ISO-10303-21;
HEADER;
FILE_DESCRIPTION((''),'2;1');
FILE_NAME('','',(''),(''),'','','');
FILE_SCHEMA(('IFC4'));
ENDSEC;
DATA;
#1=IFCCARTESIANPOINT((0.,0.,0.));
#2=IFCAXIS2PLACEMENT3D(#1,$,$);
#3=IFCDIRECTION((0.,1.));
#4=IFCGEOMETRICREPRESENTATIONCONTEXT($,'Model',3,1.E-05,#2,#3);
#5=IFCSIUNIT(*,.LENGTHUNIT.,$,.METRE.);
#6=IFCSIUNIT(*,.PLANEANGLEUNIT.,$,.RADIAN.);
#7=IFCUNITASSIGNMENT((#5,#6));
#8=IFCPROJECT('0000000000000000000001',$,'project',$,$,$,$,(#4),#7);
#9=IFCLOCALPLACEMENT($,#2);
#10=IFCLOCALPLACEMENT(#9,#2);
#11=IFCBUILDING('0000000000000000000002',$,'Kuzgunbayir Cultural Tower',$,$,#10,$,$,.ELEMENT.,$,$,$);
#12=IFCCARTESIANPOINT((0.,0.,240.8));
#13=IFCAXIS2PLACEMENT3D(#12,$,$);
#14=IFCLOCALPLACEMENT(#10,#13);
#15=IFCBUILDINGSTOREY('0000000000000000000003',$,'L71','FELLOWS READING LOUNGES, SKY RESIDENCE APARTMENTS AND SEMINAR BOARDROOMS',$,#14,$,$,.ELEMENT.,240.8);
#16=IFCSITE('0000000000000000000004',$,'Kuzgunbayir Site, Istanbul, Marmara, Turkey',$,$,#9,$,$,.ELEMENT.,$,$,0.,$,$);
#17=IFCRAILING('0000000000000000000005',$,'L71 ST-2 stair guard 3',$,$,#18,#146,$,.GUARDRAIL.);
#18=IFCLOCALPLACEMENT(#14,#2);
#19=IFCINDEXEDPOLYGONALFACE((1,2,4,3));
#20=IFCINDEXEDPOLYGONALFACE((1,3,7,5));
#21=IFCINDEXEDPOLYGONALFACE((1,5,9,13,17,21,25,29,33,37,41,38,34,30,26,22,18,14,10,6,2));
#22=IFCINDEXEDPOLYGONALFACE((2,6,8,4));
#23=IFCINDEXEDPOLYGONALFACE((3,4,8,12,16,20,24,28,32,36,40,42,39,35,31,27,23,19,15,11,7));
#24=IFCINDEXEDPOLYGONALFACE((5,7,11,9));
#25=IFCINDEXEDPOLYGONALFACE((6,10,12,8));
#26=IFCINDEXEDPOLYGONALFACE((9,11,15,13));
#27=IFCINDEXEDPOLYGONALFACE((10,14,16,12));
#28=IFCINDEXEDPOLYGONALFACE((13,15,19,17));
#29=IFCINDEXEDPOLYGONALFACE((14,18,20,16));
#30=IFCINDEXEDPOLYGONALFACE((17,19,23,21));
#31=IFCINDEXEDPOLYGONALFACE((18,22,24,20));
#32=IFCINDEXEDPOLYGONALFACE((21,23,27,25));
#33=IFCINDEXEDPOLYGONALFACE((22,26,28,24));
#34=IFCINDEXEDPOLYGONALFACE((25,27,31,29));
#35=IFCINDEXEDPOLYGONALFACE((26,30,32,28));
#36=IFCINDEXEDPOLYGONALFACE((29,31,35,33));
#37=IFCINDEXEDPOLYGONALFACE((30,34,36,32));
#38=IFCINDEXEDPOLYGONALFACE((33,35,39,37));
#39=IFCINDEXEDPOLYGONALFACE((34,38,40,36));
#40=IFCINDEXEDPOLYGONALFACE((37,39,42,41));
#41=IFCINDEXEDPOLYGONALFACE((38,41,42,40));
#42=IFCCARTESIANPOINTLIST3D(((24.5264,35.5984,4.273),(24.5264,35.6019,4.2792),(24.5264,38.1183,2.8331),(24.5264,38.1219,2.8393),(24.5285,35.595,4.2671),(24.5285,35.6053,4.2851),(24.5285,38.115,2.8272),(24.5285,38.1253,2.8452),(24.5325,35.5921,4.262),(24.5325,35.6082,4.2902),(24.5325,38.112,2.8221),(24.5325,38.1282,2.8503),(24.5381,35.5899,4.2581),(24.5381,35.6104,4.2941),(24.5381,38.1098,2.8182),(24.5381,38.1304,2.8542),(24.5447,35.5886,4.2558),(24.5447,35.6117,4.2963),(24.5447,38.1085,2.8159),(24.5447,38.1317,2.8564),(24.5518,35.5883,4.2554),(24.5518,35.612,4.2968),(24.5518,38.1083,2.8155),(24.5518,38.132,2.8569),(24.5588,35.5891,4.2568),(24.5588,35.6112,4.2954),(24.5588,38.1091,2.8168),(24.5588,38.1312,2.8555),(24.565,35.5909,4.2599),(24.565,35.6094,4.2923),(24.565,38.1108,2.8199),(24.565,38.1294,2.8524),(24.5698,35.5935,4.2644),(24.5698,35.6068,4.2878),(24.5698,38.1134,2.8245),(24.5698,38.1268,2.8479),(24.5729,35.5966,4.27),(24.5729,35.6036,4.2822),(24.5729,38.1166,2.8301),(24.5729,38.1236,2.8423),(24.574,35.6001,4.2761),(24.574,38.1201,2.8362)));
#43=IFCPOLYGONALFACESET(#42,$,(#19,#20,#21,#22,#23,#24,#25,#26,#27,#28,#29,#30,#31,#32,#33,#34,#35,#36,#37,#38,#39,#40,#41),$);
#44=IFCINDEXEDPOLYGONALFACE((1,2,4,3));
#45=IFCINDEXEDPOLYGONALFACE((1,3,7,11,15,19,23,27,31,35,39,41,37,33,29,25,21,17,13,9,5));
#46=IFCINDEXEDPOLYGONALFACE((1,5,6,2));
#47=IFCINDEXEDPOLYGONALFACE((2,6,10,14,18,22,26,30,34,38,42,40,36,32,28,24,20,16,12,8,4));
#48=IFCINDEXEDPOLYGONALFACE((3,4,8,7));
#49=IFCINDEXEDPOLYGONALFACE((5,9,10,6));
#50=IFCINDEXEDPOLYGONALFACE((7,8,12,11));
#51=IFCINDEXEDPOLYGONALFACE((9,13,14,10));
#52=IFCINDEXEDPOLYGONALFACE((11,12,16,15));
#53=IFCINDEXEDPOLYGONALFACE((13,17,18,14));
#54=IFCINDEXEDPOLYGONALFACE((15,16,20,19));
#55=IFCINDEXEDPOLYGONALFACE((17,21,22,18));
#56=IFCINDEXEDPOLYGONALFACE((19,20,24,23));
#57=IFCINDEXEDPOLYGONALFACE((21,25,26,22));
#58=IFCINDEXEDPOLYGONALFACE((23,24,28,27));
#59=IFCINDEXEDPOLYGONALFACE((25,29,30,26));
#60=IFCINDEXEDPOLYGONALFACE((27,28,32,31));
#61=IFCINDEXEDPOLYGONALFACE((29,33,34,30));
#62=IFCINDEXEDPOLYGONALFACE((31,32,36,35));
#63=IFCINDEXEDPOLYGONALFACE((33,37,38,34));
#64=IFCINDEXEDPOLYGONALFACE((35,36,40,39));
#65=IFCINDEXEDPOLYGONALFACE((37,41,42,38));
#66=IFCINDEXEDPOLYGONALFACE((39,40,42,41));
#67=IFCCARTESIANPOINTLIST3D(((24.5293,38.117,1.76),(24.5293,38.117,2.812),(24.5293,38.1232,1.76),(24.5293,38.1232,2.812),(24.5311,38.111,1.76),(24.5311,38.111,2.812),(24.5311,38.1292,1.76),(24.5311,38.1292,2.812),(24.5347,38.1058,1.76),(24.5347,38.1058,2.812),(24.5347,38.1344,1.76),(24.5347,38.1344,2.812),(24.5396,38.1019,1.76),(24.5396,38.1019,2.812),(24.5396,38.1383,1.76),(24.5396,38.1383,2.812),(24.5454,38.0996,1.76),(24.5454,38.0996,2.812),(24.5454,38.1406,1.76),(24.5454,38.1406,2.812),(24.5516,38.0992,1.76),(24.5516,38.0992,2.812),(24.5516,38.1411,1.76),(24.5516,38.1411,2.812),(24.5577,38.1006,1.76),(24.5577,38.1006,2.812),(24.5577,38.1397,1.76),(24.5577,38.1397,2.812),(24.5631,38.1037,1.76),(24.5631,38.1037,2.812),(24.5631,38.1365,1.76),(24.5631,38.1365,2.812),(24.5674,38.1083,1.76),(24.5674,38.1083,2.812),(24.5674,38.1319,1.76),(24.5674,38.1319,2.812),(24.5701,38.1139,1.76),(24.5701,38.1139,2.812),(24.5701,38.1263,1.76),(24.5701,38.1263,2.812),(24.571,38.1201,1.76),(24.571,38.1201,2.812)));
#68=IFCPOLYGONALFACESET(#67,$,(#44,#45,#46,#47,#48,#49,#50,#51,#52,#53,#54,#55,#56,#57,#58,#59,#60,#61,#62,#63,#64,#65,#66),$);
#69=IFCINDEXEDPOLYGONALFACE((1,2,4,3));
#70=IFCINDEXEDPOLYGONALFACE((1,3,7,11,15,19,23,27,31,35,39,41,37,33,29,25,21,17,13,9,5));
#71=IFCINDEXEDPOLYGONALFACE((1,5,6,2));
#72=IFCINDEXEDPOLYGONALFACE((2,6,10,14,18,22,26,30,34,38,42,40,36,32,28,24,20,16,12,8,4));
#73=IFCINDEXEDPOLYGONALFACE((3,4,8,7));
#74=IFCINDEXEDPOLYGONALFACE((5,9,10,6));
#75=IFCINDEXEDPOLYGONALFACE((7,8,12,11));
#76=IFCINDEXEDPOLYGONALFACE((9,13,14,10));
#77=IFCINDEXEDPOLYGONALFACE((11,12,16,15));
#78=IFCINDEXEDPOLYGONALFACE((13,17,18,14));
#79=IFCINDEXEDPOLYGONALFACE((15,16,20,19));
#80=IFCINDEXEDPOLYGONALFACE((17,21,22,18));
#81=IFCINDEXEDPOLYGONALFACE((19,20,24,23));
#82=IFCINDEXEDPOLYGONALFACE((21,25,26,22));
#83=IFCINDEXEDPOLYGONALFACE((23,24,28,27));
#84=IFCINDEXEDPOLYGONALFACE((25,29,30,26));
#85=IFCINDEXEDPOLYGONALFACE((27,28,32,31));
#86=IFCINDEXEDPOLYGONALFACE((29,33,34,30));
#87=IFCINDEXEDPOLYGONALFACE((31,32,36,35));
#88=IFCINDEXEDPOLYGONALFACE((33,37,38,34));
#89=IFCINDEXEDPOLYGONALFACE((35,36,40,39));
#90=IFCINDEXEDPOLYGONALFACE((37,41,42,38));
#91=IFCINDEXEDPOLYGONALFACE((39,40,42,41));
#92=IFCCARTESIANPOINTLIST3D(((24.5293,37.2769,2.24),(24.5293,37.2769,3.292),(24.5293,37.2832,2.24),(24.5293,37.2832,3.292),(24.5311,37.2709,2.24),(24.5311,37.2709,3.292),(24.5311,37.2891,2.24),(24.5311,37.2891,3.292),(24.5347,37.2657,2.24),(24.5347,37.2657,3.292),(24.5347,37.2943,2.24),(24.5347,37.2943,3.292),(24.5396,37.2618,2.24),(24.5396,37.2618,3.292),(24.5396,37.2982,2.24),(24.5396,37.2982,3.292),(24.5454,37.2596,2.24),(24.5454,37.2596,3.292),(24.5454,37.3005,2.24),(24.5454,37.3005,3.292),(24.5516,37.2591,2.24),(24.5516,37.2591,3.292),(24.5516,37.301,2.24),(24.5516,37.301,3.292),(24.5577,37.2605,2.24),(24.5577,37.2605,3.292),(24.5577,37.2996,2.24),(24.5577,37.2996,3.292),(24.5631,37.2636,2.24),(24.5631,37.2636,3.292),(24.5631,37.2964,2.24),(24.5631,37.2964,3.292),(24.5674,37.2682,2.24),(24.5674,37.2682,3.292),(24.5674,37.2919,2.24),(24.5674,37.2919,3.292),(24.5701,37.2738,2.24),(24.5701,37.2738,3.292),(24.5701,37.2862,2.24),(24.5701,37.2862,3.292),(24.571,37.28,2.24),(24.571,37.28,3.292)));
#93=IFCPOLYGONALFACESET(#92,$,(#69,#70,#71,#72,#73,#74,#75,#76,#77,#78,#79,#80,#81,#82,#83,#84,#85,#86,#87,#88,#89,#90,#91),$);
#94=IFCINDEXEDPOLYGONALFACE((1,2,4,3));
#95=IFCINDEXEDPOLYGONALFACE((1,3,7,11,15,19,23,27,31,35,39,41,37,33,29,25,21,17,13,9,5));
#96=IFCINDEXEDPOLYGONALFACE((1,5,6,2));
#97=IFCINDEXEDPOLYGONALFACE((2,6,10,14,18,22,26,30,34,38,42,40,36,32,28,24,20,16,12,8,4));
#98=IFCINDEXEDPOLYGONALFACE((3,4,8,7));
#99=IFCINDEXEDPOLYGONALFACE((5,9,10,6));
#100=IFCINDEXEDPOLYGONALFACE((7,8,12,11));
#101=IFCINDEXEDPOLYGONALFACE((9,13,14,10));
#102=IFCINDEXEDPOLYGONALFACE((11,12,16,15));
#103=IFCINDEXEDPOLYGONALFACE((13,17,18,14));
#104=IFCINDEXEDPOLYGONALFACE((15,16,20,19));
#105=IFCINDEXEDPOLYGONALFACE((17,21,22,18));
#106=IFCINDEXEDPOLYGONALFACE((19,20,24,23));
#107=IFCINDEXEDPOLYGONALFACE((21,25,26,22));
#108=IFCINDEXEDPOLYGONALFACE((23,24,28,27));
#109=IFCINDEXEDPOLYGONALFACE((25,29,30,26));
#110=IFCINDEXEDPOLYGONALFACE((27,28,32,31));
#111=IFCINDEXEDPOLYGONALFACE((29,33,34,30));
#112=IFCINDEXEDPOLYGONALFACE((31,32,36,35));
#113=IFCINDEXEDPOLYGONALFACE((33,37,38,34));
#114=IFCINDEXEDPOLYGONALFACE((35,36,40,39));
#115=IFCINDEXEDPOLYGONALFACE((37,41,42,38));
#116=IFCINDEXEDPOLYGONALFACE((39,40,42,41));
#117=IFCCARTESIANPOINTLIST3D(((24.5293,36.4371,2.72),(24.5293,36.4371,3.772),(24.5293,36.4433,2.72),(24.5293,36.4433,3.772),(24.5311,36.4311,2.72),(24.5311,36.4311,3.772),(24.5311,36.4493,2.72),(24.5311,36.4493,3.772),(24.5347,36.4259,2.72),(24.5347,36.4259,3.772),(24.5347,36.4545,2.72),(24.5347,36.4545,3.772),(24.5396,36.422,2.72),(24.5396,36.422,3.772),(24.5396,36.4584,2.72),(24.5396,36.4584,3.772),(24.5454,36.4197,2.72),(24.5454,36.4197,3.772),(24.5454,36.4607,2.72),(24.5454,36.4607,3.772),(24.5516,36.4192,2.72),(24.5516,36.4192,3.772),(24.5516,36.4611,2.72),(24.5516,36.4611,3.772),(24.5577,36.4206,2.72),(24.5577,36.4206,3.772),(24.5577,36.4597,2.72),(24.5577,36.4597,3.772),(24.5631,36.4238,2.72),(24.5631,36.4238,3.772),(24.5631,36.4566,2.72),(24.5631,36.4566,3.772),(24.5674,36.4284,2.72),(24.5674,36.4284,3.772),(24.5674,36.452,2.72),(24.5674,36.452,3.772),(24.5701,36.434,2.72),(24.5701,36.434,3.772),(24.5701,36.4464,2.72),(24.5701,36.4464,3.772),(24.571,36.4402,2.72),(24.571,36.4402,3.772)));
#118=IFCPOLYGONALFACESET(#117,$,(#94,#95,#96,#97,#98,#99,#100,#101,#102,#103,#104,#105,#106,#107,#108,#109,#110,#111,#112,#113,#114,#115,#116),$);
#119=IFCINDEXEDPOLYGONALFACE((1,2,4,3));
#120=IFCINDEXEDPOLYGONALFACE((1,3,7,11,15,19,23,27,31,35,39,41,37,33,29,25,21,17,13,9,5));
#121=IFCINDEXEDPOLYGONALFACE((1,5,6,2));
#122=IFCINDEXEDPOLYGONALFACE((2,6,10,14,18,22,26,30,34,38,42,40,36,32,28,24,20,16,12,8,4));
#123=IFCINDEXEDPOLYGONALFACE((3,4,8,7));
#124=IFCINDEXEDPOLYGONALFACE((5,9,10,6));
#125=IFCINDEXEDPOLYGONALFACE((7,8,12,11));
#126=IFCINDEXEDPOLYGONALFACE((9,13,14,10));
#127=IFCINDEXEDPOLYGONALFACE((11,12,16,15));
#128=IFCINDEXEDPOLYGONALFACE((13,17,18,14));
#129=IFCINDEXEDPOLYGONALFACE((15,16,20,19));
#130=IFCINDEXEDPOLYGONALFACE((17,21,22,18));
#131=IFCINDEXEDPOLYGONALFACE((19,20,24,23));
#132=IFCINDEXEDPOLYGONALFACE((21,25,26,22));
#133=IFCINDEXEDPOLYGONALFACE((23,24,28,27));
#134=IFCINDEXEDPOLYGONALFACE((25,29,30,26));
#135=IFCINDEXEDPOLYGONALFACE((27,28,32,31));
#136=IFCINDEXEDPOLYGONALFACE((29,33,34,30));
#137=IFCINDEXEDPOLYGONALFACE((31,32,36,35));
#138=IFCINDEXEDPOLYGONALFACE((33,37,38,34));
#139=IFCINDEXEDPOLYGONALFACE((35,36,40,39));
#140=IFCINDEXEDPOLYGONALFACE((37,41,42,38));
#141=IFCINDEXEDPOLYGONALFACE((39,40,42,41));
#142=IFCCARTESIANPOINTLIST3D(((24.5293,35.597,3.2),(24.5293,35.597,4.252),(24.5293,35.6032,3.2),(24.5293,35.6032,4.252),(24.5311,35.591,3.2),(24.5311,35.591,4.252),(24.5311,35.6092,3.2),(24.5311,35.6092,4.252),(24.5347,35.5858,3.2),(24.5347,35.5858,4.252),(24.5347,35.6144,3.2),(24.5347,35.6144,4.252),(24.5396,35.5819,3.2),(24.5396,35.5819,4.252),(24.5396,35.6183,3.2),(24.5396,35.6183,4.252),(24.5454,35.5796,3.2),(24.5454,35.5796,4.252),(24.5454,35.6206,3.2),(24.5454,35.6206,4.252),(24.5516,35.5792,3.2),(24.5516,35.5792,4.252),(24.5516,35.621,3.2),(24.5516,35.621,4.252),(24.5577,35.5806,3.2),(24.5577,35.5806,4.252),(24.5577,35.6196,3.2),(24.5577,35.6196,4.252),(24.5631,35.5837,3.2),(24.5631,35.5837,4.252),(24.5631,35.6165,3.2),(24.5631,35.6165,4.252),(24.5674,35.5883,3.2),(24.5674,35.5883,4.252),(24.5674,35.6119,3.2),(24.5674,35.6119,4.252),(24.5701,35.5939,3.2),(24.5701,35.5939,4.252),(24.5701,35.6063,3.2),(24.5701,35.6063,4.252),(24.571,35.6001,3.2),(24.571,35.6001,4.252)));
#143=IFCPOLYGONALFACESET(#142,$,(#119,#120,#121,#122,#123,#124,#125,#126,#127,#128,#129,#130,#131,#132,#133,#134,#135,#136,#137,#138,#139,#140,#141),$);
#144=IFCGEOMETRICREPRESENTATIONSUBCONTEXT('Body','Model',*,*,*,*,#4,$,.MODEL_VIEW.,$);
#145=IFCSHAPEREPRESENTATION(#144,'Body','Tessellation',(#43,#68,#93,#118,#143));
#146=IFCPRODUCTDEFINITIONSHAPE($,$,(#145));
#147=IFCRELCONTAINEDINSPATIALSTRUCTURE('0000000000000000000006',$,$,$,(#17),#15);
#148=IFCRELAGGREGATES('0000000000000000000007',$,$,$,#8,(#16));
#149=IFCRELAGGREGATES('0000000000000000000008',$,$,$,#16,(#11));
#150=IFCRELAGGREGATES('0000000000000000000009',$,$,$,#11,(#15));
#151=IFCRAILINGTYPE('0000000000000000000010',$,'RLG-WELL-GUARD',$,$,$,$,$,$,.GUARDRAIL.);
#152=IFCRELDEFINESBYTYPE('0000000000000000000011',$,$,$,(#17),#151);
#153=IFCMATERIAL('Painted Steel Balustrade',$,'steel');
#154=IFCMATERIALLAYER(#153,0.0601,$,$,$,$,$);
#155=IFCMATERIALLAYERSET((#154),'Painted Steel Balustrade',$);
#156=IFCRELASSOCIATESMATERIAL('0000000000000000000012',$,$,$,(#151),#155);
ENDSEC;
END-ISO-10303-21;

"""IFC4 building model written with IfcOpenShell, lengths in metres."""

from ifc_helpers import new_model, si_unit, direction, frame, origin, origin_2d, place, context, subcontext, project, spatial, circle, extrude, material, layer, layer_set, type_object, element, save


model = new_model("IFC4")

# Units and contexts
model_context = context("Model", 3, precision=1e-05, world=origin(), true_north=direction((0.0, 1.0)))
body_context = subcontext(model_context, "Body", "Model", "MODEL_VIEW")
ifc_project = project(units=[si_unit("LENGTHUNIT", "METRE"), si_unit("PLANEANGLEUNIT", "RADIAN")], contexts=[model_context])

# Site, building, storey
site_placement = place(None, origin())
site = spatial("IfcSite", under=ifc_project, at=site_placement, Name="Kuzgunbayir Site, Istanbul, Marmara, Turkey", CompositionType="ELEMENT", RefElevation=0.0)
building_placement = place(site_placement, origin())
building = spatial("IfcBuilding", under=site, at=building_placement, Name="Kuzgunbayir Cultural Tower", CompositionType="ELEMENT")
storey_placement = place(building_placement, frame((0.0, 0.0, 240.8)))
storey = spatial("IfcBuildingStorey", under=building, at=storey_placement, Name="L71", Description="FELLOWS READING LOUNGES, SKY RESIDENCE APARTMENTS AND SEMINAR BOARDROOMS", CompositionType="ELEMENT", Elevation=240.8)

# Railing
ifc_material_1 = material(Name="Painted Steel Balustrade", Category="steel")
ifc_layer_1 = layer(ifc_material_1, 0.0601)
ifc_layer_set_1 = layer_set([ifc_layer_1], Name="Painted Steel Balustrade")
railing_type_1 = type_object("IfcRailingType", Name="RLG-WELL-GUARD", PredefinedType="GUARDRAIL", material=ifc_layer_set_1)
railing_1_placement = place(storey_placement, frame((24.55, 38.1201, 1.76)))
element("IfcRailing", 1, at=railing_1_placement, inside=storey, type_object=railing_type_1, Name="L71 ST-2 stair guard 3", PredefinedType="GUARDRAIL", context=body_context, shape_type="SweptSolid", body=[
    extrude(circle(Radius=0.0239, at=origin_2d()), frame((0.0, 0.0, 1.0762), z_axis=(0.0, -0.868253, 0.496121), x_axis=(1.0, 0.0, 0.0)), (0.0, 0.0, 1.0), 2.9023),
    extrude(circle(Radius=0.021, at=origin_2d()), origin(), (0.0, 0.0, 1.0), 1.052),
    extrude(circle(Radius=0.021, at=origin_2d()), frame((0.0, -0.8401, 0.48)), (0.0, 0.0, 1.0), 1.052),
    extrude(circle(Radius=0.021, at=origin_2d()), frame((0.0, -1.6799, 0.96)), (0.0, 0.0, 1.0), 1.052),
    extrude(circle(Radius=0.021, at=origin_2d()), frame((0.0, -2.52, 1.4399)), (0.0, 0.0, 1.0), 1.052),
])

save(model, "model.ifc")
